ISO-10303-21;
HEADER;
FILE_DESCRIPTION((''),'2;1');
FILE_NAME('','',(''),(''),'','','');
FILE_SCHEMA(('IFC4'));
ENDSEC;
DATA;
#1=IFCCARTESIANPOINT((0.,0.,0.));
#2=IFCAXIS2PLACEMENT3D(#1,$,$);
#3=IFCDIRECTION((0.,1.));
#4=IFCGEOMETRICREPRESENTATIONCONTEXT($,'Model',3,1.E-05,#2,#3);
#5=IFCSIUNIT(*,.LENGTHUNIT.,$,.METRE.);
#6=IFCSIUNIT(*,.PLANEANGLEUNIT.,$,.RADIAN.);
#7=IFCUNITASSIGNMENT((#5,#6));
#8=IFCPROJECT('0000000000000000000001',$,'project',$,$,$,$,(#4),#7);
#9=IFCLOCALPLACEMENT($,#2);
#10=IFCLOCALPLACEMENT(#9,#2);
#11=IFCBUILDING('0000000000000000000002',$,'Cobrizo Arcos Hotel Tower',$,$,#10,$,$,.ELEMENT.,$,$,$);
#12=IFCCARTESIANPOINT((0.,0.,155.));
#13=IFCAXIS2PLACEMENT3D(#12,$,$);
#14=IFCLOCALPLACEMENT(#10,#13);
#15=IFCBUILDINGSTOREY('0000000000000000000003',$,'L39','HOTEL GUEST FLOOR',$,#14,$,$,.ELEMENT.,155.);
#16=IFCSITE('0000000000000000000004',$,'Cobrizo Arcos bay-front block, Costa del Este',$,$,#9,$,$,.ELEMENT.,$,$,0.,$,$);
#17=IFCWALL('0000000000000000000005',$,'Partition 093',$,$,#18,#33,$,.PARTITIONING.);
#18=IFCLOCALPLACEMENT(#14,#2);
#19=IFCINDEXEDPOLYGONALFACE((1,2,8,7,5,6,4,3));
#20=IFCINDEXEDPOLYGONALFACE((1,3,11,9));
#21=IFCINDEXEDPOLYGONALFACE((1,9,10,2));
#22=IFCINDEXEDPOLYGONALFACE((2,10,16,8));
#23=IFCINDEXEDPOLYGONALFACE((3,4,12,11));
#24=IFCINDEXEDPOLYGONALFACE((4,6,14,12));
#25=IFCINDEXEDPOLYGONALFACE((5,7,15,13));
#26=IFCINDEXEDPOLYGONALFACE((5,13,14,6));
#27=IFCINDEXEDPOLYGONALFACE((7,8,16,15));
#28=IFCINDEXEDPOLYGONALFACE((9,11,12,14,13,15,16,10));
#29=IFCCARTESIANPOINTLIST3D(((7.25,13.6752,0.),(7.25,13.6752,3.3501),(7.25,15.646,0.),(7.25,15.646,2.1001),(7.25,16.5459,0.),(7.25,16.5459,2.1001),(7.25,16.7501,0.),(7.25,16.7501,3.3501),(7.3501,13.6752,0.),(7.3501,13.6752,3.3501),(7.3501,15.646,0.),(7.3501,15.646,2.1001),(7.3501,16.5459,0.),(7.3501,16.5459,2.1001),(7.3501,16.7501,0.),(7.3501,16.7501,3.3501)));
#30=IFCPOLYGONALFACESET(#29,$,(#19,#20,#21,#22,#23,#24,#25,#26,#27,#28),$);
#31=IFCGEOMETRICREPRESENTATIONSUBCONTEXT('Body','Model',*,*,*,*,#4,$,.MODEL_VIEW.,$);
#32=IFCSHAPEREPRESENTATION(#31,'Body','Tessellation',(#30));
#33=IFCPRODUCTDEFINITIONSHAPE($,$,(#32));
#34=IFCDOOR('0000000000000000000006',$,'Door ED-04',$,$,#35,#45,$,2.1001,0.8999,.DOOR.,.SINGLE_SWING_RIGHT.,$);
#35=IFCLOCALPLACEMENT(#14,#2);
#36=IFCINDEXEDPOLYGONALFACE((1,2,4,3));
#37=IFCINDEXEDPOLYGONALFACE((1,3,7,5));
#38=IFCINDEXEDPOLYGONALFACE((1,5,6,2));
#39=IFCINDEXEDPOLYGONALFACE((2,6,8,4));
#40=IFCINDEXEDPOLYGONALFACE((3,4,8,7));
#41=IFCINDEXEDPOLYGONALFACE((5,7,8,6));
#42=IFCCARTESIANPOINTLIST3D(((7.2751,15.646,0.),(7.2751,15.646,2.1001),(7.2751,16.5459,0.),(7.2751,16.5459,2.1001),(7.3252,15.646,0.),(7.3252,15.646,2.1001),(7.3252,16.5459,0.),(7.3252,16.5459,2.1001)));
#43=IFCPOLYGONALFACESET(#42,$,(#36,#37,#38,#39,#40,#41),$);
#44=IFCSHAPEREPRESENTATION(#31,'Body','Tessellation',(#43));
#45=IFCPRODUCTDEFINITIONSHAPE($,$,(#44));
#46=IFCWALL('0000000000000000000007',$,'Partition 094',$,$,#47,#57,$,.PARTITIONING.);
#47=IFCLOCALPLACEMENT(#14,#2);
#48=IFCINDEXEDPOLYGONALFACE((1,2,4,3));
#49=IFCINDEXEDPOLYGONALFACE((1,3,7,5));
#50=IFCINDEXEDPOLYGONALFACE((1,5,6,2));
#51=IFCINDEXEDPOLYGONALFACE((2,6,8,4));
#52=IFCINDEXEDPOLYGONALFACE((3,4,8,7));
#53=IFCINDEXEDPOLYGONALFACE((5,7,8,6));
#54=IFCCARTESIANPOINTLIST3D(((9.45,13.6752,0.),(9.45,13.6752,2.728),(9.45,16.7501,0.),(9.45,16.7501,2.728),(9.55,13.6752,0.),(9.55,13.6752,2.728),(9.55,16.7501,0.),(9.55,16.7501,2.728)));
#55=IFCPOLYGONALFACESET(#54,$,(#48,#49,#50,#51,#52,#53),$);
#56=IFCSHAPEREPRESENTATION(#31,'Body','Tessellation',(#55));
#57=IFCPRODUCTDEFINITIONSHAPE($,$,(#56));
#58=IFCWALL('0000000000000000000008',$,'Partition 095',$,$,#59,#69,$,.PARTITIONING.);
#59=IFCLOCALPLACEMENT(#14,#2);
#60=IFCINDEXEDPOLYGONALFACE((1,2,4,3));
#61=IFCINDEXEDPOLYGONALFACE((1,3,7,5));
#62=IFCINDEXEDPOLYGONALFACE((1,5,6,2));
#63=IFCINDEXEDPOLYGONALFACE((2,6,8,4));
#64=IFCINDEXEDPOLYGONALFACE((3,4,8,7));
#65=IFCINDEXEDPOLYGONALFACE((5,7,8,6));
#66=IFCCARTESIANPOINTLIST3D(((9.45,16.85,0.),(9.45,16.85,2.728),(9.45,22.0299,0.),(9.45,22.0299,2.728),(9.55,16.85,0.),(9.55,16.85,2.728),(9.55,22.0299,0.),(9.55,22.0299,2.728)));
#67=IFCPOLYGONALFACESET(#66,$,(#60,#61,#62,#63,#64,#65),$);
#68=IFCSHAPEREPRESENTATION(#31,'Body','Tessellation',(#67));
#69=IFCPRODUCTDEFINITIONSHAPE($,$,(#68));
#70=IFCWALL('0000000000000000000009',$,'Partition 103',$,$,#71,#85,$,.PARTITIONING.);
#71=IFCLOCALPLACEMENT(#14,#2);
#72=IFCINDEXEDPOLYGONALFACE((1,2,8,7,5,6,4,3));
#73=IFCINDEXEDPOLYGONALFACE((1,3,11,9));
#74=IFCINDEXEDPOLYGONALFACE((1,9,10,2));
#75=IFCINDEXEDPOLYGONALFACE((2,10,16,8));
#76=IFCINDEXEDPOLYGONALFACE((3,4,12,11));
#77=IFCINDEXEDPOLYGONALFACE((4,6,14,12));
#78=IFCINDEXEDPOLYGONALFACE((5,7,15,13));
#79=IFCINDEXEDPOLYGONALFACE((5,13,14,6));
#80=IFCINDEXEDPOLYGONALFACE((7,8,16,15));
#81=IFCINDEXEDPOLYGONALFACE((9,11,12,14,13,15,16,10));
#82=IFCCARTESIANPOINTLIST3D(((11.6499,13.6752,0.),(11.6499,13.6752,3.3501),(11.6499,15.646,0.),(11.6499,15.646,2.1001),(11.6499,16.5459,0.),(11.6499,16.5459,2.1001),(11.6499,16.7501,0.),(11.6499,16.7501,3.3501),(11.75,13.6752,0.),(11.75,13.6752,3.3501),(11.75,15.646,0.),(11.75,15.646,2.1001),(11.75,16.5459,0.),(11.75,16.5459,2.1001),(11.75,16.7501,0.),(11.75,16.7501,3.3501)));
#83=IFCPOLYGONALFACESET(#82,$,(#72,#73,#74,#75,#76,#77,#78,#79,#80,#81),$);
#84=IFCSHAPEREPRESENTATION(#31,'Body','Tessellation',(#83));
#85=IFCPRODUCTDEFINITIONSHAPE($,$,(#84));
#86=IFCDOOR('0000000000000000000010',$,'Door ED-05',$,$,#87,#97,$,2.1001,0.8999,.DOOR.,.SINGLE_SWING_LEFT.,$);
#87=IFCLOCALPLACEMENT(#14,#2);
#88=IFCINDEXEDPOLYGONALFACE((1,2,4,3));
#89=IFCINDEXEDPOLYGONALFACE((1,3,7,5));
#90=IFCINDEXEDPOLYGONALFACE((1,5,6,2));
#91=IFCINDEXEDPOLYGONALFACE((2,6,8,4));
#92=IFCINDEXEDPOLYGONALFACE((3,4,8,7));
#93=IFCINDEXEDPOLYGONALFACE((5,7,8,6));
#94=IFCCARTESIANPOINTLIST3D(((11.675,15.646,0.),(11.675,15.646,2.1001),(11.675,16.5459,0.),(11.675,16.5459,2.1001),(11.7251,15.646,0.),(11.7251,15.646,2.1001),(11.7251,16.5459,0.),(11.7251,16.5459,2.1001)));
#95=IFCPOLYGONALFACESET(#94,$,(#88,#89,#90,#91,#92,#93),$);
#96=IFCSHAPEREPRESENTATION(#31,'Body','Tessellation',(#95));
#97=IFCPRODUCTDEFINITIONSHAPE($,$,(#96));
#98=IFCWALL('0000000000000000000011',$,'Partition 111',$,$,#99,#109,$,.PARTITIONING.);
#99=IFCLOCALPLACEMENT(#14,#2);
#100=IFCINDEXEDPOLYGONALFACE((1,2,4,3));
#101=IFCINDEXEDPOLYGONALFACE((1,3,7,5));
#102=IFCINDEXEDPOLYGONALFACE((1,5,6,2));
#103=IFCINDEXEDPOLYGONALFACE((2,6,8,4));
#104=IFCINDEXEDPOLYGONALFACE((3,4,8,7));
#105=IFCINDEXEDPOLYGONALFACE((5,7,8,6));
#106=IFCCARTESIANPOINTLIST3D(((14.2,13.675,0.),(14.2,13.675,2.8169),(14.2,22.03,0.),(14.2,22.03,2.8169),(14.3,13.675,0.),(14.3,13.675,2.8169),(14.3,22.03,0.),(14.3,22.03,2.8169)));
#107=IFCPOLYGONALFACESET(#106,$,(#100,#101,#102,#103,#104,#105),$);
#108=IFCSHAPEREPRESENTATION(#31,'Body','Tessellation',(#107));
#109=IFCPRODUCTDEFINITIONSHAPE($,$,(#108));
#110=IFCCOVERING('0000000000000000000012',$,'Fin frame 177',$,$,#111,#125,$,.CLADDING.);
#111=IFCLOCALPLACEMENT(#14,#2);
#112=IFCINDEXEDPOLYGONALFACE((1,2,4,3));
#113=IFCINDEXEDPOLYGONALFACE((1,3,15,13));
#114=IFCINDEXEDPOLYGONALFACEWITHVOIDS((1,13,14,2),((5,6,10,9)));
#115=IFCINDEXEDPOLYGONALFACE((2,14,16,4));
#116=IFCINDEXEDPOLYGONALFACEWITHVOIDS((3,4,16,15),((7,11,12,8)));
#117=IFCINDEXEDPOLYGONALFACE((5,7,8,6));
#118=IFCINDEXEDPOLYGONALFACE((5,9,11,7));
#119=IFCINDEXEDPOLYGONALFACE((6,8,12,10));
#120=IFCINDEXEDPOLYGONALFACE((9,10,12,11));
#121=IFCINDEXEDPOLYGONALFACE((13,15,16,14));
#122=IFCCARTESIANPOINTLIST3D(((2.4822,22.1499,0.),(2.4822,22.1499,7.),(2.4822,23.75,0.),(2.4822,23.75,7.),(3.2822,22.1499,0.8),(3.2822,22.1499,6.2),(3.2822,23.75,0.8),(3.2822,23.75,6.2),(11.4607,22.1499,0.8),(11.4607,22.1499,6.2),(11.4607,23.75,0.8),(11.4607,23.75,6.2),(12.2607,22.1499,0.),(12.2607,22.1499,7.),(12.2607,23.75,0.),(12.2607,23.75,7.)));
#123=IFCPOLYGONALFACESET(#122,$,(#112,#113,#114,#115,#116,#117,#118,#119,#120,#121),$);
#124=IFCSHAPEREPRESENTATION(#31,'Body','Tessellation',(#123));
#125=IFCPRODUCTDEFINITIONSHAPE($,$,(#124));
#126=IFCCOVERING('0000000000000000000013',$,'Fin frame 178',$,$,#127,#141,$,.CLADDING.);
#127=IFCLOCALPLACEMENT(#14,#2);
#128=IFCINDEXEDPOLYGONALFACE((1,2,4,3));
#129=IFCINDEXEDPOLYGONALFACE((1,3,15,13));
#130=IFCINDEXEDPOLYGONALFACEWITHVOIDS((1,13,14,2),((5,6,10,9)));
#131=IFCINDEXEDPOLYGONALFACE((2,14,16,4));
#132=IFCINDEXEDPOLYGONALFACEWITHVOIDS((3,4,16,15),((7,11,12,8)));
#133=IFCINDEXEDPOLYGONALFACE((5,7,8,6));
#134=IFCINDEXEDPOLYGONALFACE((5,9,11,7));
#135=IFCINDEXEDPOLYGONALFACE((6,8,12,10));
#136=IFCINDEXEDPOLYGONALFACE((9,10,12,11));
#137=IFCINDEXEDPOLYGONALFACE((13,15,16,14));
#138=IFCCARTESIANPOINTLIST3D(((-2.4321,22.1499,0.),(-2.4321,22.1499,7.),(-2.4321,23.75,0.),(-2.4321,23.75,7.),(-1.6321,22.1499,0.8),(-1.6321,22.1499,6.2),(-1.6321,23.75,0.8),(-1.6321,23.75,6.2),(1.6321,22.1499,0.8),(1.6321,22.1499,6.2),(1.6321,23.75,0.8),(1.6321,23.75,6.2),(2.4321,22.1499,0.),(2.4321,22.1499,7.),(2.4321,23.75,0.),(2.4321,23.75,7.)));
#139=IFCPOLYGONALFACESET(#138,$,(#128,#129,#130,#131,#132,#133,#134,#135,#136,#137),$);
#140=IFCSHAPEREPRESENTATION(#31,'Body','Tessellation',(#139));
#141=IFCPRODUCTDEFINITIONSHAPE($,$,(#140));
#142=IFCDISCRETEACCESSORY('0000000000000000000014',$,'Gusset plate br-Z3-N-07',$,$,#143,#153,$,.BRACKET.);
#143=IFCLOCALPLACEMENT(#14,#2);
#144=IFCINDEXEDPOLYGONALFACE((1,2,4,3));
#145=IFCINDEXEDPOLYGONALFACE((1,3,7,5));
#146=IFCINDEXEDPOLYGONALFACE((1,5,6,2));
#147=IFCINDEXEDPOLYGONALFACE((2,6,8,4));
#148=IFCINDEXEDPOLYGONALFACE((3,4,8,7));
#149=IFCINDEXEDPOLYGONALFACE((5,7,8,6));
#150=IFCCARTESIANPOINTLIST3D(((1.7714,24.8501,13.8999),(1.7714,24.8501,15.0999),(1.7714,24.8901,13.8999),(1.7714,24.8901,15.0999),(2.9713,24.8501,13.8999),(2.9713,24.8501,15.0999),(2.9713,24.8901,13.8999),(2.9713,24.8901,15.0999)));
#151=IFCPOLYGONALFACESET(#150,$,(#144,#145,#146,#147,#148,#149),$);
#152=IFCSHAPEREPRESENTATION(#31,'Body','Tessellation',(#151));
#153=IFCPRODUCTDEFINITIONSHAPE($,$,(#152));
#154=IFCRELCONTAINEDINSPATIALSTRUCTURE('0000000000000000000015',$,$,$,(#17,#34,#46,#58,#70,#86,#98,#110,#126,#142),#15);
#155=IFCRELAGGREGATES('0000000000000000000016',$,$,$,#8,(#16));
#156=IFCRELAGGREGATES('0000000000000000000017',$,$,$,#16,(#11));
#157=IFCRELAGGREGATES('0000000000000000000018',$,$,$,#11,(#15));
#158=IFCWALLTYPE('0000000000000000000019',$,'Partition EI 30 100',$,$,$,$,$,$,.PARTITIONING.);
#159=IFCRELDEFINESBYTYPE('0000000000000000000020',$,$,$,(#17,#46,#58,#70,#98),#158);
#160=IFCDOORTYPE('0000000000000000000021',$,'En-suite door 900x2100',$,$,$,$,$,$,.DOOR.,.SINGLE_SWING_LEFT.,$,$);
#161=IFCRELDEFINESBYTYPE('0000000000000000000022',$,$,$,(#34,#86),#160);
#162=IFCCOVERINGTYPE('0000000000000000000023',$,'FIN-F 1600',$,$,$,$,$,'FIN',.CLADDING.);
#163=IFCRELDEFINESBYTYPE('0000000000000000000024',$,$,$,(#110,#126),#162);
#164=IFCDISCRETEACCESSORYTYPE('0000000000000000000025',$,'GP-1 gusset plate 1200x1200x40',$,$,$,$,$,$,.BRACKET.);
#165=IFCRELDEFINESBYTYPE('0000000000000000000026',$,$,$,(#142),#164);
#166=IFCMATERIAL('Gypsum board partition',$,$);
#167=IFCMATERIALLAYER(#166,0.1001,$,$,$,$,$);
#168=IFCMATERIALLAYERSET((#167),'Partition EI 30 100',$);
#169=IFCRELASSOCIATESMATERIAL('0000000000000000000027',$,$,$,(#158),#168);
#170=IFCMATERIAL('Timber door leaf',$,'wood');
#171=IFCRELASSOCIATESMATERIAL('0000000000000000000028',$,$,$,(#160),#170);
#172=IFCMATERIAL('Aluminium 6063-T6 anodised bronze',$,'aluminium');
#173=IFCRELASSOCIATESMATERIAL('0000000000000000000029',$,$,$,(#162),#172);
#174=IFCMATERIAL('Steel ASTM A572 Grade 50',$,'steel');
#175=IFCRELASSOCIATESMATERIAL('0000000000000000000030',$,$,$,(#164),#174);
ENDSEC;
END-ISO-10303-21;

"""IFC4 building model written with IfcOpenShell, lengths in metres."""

from ifc_helpers import new_model, si_unit, direction, frame, frame_2d, origin, origin_2d, place, context, subcontext, project, spatial, polyline, rectangle, outline, extrude, material, layer, layer_set, type_object, element, fill, save


model = new_model("IFC4")

# Units and contexts
model_context = context("Model", 3, precision=1e-05, world=origin(), true_north=direction((0.0, 1.0)))
body_context = subcontext(model_context, "Body", "Model", "MODEL_VIEW")
ifc_project = project(units=[si_unit("LENGTHUNIT", "METRE"), si_unit("PLANEANGLEUNIT", "RADIAN")], contexts=[model_context])

# Site, building, storey
site_placement = place(None, origin())
site = spatial("IfcSite", under=ifc_project, at=site_placement, Name="Cobrizo Arcos bay-front block, Costa del Este", CompositionType="ELEMENT", RefElevation=0.0)
building_placement = place(site_placement, origin())
building = spatial("IfcBuilding", under=site, at=building_placement, Name="Cobrizo Arcos Hotel Tower", CompositionType="ELEMENT")
storey_placement = place(building_placement, frame((0.0, 0.0, 155.0)))
storey = spatial("IfcBuildingStorey", under=building, at=storey_placement, Name="L39", Description="HOTEL GUEST FLOOR", CompositionType="ELEMENT", Elevation=155.0)

# Shared definitions
ifc_material_1 = material(Name="Steel ASTM A572 Grade 50", Category="steel")

# Shared definitions
ifc_material_2 = material(Name="Aluminium 6063-T6 anodised bronze", Category="aluminium")

# Shared definitions
ifc_material_3 = material(Name="Gypsum board partition")
ifc_layer_1 = layer(ifc_material_3, 0.1001)
ifc_layer_set_1 = layer_set([ifc_layer_1], Name="Partition EI 30 100")
wall_type = type_object("IfcWallType", Name="Partition EI 30 100", PredefinedType="PARTITIONING", material=ifc_layer_set_1)

# Shared definitions
ifc_material_4 = material(Name="Timber door leaf", Category="wood")
door_type = type_object("IfcDoorType", Name="En-suite door 900x2100", OperationType="SINGLE_SWING_LEFT", PredefinedType="DOOR", material=ifc_material_4)

# Wall, opening, door
wall_1_placement = place(storey_placement, frame((7.3, 13.675, 0.0), z_axis=(0.0, 0.0, 1.0), x_axis=(0.0, 1.0, 0.0)))
wall_1 = element("IfcWall", 1, at=wall_1_placement, inside=storey, type_object=wall_type, Name="Partition 093", PredefinedType="PARTITIONING", context=body_context, shape_type="SweptSolid", body=[
    extrude(rectangle(XDim=3.075, YDim=0.1001, at=frame_2d((1.5376, 0.0))), origin(), (0.0, 0.0, 1.0), 3.3501),
])
opening_1_placement = place(wall_1_placement, frame((1.9709, 0.0, 0.0)))
opening_1 = element("IfcOpeningElement", 2, at=opening_1_placement, cuts=wall_1, PredefinedType="OPENING", context=body_context, shape_type="SweptSolid", body=[
    extrude(rectangle(XDim=0.8999, YDim=2.1001, at=frame_2d((0.45, 1.05))), frame((0.0, 0.062, 0.0), z_axis=(0.0, -1.0, 0.0), x_axis=(1.0, 0.0, 0.0)), (0.0, 0.0, 1.0), 0.124),
])
door_1_placement = place(opening_1_placement, origin())
door_1 = element("IfcDoor", 3, at=door_1_placement, inside=storey, type_object=door_type, Name="Door ED-04", OperationType="SINGLE_SWING_RIGHT", OverallHeight=2.1001, OverallWidth=0.8999, PredefinedType="DOOR", context=body_context, shape_type="SweptSolid", body=[
    extrude(rectangle(XDim=0.8999, YDim=2.1001, at=frame_2d((0.45, 1.05))), frame((0.0, 0.0249, 0.0), z_axis=(0.0, -1.0, 0.0), x_axis=(1.0, 0.0, 0.0)), (0.0, 0.0, 1.0), 0.05),
])
fill(opening_1, door_1)

# Walls
wall_2_placement = place(storey_placement, frame((9.5, 13.675, 0.0), z_axis=(0.0, 0.0, 1.0), x_axis=(0.0, 1.0, 0.0)))
element("IfcWall", 4, at=wall_2_placement, inside=storey, type_object=wall_type, Name="Partition 094", PredefinedType="PARTITIONING", context=body_context, shape_type="SweptSolid", body=[
    extrude(rectangle(XDim=3.075, YDim=0.1001, at=frame_2d((1.5376, 0.0))), origin(), (0.0, 0.0, 1.0), 2.728),
])
wall_3_placement = place(storey_placement, frame((9.5, 16.8501, 0.0), z_axis=(0.0, 0.0, 1.0), x_axis=(0.0, 1.0, 0.0)))
element("IfcWall", 5, at=wall_3_placement, inside=storey, type_object=wall_type, Name="Partition 095", PredefinedType="PARTITIONING", context=body_context, shape_type="SweptSolid", body=[
    extrude(rectangle(XDim=5.1799, YDim=0.1001, at=frame_2d((2.5898, 0.0))), origin(), (0.0, 0.0, 1.0), 2.728),
])

# Wall, opening, door
wall_4_placement = place(storey_placement, frame((11.7, 13.675, 0.0), z_axis=(0.0, 0.0, 1.0), x_axis=(0.0, 1.0, 0.0)))
wall_4 = element("IfcWall", 6, at=wall_4_placement, inside=storey, type_object=wall_type, Name="Partition 103", PredefinedType="PARTITIONING", context=body_context, shape_type="SweptSolid", body=[
    extrude(rectangle(XDim=3.075, YDim=0.1001, at=frame_2d((1.5376, 0.0))), origin(), (0.0, 0.0, 1.0), 3.3501),
])
opening_2_placement = place(wall_4_placement, frame((1.9709, 0.0, 0.0)))
opening_2 = element("IfcOpeningElement", 7, at=opening_2_placement, cuts=wall_4, PredefinedType="OPENING", context=body_context, shape_type="SweptSolid", body=[
    extrude(rectangle(XDim=0.8999, YDim=2.1001, at=frame_2d((0.45, 1.05))), frame((0.0, 0.062, 0.0), z_axis=(0.0, -1.0, 0.0), x_axis=(1.0, 0.0, 0.0)), (0.0, 0.0, 1.0), 0.124),
])
door_2_placement = place(opening_2_placement, origin())
door_2 = element("IfcDoor", 8, at=door_2_placement, inside=storey, type_object=door_type, Name="Door ED-05", OperationType="SINGLE_SWING_LEFT", OverallHeight=2.1001, OverallWidth=0.8999, PredefinedType="DOOR", context=body_context, shape_type="SweptSolid", body=[
    extrude(rectangle(XDim=0.8999, YDim=2.1001, at=frame_2d((0.45, 1.05))), frame((0.0, 0.0249, 0.0), z_axis=(0.0, -1.0, 0.0), x_axis=(1.0, 0.0, 0.0)), (0.0, 0.0, 1.0), 0.05),
])
fill(opening_2, door_2)

# Wall
wall_5_placement = place(storey_placement, frame((14.25, 13.675, 0.0), z_axis=(0.0, 0.0, 1.0), x_axis=(0.0, 1.0, 0.0)))
element("IfcWall", 9, at=wall_5_placement, inside=storey, type_object=wall_type, Name="Partition 111", PredefinedType="PARTITIONING", context=body_context, shape_type="SweptSolid", body=[
    extrude(rectangle(XDim=8.355, YDim=0.1001, at=frame_2d((4.1775, 0.0))), origin(), (0.0, 0.0, 1.0), 2.8169),
])

# Coverings
covering_type = type_object("IfcCoveringType", Name="FIN-F 1600", ElementType="FIN", PredefinedType="CLADDING", material=ifc_material_2)
covering_1_placement = place(storey_placement, frame((12.2607, 22.1499, 0.0), z_axis=(0.0, 1.0, 0.0), x_axis=(-1.0, 0.0, 0.0)))
element("IfcCovering", 10, at=covering_1_placement, inside=storey, type_object=covering_type, Name="Fin frame 177", PredefinedType="CLADDING", context=body_context, shape_type="SweptSolid", body=[
    extrude(outline(polyline([(0.0, 7.0), (0.0, 0.0), (9.7786, 0.0), (9.7786, 7.0), (0.0, 7.0)]), holes=[polyline([(8.9785, 0.8), (0.8, 0.8), (0.8, 6.2), (8.9785, 6.2), (8.9785, 0.8)])]), origin(), (0.0, 0.0, 1.0), 1.6001),
])
covering_2_placement = place(storey_placement, frame((2.4321, 22.1499, 0.0), z_axis=(0.0, 1.0, 0.0), x_axis=(-1.0, 0.0, 0.0)))
element("IfcCovering", 11, at=covering_2_placement, inside=storey, type_object=covering_type, Name="Fin frame 178", PredefinedType="CLADDING", context=body_context, shape_type="SweptSolid", body=[
    extrude(outline(polyline([(0.0, 7.0), (0.0, 0.0), (4.8643, 0.0), (4.8643, 7.0), (0.0, 7.0)]), holes=[polyline([(4.0642, 0.8), (0.8, 0.8), (0.8, 6.2), (4.0642, 6.2), (4.0642, 0.8)])]), origin(), (0.0, 0.0, 1.0), 1.6001),
])

# Discrete accessory
discrete_accessory_type = type_object("IfcDiscreteAccessoryType", Name="GP-1 gusset plate 1200x1200x40", PredefinedType="BRACKET", material=ifc_material_1)
discrete_accessory_placement = place(storey_placement, frame((2.3713, 24.8701, 13.8999), z_axis=(0.0, 0.0, 1.0), x_axis=(1.0, 0.0, 0.0)))
element("IfcDiscreteAccessory", 12, at=discrete_accessory_placement, inside=storey, type_object=discrete_accessory_type, Name="Gusset plate br-Z3-N-07", PredefinedType="BRACKET", context=body_context, shape_type="SweptSolid", body=[
    extrude(rectangle(XDim=1.2, YDim=0.04, at=origin_2d()), origin(), (0.0, 0.0, 1.0), 1.2),
])

save(model, "model.ifc")
